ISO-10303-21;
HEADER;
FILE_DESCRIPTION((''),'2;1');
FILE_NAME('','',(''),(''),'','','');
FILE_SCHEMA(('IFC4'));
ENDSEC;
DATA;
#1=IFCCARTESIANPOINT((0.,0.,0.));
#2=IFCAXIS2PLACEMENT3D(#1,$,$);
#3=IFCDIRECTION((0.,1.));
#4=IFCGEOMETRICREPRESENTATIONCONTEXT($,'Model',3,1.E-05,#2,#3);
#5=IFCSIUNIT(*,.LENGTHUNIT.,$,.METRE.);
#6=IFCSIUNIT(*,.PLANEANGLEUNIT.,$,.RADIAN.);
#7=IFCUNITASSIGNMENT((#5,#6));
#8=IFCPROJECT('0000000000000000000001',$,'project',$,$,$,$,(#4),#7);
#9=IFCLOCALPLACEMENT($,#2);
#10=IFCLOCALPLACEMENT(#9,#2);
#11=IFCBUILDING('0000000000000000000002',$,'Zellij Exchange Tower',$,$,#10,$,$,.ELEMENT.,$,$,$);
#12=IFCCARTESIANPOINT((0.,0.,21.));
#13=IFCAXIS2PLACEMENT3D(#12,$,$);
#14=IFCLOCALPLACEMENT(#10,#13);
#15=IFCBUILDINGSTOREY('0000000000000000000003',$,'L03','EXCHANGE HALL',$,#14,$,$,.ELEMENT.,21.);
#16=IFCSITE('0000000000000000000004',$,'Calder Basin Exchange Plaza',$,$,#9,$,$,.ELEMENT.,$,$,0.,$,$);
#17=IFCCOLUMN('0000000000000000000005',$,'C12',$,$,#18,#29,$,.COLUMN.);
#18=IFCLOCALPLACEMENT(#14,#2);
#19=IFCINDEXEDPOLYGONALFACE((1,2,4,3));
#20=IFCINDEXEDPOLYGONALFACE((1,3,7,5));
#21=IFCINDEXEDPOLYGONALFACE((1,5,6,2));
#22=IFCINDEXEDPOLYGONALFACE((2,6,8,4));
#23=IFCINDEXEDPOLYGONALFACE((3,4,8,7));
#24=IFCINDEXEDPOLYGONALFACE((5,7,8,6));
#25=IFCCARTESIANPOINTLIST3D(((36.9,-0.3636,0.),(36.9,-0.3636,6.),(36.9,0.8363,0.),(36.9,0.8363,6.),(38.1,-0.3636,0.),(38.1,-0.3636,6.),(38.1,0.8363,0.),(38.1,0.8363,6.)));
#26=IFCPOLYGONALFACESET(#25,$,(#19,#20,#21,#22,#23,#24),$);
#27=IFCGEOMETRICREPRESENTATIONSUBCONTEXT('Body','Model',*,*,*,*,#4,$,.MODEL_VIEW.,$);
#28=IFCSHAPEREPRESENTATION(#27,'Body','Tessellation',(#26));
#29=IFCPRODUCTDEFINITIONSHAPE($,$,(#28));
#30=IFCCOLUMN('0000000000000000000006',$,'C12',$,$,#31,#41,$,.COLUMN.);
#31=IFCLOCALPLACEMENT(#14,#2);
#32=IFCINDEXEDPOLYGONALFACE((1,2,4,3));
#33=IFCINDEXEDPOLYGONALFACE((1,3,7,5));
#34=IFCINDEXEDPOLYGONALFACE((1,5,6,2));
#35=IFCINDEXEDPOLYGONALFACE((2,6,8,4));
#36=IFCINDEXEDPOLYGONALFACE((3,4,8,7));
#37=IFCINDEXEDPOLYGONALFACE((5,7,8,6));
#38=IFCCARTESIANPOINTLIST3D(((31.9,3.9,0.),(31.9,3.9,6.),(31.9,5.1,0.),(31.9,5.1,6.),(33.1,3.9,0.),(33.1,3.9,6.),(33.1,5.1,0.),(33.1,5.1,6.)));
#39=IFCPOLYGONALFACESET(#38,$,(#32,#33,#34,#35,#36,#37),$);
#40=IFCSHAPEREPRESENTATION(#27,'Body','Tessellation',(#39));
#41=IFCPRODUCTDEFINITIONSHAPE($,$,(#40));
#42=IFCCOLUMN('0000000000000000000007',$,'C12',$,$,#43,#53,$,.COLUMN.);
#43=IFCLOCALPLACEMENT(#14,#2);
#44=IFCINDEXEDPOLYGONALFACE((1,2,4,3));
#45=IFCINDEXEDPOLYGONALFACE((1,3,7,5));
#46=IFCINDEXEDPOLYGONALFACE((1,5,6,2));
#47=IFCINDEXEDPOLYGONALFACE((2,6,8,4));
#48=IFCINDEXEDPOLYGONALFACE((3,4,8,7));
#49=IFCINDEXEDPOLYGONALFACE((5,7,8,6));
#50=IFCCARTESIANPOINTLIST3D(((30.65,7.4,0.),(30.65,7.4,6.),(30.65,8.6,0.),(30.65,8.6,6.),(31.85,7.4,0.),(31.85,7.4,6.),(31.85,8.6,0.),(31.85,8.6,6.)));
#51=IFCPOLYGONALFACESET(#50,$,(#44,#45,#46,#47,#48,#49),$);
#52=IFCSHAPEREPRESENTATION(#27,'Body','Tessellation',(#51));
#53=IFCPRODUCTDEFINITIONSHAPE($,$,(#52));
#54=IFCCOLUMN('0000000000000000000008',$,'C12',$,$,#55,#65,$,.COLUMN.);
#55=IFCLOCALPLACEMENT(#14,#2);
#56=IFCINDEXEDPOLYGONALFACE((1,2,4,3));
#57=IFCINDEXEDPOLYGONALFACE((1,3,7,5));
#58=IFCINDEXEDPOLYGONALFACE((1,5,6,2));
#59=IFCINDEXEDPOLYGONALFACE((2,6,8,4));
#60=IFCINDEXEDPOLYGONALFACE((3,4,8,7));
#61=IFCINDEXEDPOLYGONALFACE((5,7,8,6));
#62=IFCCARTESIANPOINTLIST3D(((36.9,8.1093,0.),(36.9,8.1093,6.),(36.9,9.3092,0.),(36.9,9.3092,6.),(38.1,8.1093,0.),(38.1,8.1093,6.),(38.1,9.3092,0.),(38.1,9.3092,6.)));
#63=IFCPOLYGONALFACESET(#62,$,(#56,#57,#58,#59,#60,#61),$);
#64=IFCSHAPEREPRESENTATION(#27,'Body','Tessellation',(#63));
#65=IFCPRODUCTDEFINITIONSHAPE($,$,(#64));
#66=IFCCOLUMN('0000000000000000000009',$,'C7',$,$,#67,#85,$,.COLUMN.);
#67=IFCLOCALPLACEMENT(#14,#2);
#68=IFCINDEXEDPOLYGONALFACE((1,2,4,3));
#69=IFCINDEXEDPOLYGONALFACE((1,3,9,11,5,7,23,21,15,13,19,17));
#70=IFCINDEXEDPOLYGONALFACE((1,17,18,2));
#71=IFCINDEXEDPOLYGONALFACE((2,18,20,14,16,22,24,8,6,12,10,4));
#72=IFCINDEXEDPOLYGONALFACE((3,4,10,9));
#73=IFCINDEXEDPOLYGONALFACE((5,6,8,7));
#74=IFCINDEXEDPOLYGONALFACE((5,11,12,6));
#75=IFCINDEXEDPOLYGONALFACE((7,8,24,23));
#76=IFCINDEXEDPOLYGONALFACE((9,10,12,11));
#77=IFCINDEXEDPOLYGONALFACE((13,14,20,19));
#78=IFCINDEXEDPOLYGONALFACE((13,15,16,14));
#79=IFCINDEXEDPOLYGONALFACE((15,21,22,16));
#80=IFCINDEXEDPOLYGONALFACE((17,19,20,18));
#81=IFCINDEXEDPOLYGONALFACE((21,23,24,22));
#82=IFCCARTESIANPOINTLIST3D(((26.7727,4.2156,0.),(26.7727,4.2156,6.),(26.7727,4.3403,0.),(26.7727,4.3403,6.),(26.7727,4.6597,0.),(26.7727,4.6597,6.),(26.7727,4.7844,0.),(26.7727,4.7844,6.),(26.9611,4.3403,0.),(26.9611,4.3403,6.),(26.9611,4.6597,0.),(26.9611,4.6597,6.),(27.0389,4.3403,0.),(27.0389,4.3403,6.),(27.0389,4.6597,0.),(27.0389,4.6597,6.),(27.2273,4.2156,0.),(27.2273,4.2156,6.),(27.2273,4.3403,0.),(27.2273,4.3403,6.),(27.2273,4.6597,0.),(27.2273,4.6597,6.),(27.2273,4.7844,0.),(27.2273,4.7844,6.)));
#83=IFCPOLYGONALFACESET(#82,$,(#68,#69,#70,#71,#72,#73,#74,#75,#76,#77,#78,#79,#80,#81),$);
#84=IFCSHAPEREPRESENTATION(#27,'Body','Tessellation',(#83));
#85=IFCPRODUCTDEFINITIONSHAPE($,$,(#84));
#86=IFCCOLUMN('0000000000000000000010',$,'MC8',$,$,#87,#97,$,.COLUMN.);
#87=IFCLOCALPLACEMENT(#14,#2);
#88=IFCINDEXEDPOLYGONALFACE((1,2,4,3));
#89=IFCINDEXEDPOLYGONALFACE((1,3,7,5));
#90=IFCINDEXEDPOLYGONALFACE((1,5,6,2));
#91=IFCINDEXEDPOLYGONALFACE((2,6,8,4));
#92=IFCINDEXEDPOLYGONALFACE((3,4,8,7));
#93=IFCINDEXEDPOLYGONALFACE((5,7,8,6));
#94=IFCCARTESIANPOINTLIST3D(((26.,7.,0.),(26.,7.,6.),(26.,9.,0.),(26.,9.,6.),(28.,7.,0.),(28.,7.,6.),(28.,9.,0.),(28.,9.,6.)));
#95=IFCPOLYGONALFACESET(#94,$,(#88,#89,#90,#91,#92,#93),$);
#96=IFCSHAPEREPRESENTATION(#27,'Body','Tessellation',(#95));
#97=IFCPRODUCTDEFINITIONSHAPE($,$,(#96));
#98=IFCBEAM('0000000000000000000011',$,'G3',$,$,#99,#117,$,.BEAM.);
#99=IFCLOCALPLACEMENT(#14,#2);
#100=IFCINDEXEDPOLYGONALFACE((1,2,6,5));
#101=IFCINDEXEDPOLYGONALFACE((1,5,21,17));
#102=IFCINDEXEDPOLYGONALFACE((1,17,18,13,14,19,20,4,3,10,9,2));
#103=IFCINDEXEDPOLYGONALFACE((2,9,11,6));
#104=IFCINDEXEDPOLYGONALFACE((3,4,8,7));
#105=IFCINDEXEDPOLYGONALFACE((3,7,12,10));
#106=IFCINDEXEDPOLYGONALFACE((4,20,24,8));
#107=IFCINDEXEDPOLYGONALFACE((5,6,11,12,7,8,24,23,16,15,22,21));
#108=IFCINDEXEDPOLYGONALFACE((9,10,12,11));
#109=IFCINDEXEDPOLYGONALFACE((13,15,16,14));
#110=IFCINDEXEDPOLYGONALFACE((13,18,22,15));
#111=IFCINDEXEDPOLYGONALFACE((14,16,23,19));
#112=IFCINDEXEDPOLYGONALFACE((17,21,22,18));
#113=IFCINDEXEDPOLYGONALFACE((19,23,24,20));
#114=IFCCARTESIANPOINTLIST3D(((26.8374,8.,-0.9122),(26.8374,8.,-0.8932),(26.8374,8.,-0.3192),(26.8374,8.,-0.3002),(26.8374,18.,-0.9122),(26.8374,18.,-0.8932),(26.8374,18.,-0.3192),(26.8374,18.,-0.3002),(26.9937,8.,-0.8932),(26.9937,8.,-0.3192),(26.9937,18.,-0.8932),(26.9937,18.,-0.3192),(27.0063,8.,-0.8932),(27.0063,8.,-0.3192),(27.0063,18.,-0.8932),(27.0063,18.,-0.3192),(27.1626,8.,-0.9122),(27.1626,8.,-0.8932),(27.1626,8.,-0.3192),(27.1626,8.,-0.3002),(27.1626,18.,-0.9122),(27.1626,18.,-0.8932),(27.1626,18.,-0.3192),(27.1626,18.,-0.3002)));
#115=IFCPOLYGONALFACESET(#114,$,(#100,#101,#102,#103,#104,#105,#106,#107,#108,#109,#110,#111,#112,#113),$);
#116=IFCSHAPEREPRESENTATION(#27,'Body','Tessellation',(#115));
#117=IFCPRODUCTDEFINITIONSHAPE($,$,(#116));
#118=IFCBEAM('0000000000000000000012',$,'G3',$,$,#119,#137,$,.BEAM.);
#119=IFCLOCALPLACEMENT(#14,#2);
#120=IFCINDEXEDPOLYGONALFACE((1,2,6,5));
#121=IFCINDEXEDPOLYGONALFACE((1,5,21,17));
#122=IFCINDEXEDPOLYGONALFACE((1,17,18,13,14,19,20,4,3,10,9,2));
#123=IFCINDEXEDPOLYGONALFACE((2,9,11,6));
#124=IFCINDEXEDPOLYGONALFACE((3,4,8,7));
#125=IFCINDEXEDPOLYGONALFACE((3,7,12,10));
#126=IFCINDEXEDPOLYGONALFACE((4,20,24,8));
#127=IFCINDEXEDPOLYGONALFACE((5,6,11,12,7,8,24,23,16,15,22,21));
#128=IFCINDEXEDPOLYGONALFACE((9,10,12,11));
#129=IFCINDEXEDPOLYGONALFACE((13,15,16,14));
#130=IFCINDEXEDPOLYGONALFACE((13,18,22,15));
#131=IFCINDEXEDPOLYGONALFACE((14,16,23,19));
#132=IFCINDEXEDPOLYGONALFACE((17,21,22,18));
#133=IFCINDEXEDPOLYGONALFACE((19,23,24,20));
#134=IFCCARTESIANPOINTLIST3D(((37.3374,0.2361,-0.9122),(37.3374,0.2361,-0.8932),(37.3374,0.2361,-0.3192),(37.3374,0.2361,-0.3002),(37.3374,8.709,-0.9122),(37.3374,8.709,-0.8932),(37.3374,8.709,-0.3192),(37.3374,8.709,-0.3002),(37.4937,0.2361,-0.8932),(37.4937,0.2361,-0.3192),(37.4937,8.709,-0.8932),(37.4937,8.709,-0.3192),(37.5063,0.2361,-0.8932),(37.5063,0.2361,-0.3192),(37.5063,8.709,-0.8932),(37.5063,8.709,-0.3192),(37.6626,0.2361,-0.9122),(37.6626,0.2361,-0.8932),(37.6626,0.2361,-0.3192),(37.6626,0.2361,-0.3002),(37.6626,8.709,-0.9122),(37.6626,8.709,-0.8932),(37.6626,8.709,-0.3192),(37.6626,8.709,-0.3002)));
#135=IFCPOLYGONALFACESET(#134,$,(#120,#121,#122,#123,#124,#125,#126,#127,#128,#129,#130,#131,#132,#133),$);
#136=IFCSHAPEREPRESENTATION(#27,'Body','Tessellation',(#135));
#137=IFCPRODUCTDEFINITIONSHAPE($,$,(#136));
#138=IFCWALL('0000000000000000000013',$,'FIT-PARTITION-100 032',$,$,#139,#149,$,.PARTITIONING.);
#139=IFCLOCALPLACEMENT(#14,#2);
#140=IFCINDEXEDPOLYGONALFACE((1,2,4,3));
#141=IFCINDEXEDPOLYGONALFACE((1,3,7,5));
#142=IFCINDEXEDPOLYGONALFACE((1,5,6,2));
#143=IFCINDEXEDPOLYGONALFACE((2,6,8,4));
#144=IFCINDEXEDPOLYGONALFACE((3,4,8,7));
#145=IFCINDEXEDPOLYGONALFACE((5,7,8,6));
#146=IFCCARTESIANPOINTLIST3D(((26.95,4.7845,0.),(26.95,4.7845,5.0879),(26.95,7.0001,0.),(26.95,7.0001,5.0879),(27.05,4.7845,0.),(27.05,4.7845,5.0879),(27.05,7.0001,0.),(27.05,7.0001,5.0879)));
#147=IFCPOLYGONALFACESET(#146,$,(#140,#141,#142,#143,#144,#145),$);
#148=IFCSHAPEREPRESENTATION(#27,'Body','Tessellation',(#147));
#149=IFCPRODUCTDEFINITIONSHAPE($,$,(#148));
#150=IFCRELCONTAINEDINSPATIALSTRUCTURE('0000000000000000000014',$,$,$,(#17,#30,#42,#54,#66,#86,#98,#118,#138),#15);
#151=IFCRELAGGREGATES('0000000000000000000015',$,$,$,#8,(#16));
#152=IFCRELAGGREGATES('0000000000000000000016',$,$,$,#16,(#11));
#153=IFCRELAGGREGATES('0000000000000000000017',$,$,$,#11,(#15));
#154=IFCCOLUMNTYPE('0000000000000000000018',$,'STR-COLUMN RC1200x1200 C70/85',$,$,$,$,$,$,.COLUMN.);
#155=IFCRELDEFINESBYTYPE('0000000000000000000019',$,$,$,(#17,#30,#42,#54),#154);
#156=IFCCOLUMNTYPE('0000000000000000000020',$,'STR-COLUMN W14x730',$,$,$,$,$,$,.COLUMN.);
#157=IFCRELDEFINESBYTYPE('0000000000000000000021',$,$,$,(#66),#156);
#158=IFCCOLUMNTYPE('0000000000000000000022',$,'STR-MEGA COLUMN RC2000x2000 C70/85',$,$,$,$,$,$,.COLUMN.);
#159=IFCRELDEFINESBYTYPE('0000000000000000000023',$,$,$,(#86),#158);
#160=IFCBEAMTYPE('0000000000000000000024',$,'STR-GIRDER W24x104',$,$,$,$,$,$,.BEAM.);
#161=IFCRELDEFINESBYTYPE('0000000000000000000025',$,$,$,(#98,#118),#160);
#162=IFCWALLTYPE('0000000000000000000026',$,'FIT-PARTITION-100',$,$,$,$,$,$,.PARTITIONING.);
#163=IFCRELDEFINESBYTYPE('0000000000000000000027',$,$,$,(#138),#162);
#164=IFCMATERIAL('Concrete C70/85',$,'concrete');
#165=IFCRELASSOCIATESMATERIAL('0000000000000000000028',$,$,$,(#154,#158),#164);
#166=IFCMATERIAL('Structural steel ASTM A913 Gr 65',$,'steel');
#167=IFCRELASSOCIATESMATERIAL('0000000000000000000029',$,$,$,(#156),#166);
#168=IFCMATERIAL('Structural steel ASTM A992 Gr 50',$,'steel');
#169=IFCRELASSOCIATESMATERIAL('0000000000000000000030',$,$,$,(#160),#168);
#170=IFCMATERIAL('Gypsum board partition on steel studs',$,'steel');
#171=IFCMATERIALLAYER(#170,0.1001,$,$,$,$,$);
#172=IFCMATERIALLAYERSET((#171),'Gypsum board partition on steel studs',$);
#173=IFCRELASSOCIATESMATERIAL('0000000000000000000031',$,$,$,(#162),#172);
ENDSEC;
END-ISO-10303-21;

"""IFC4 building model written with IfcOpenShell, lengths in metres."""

from ifc_helpers import new_model, si_unit, direction, frame, frame_2d, origin, origin_2d, place, context, subcontext, project, spatial, rectangle, i_section, extrude, material, layer, layer_set, material_profile, profile_set, type_object, element, save


model = new_model("IFC4")

# Units and contexts
model_context = context("Model", 3, precision=1e-05, world=origin(), true_north=direction((0.0, 1.0)))
body_context = subcontext(model_context, "Body", "Model", "MODEL_VIEW")
ifc_project = project(units=[si_unit("LENGTHUNIT", "METRE"), si_unit("PLANEANGLEUNIT", "RADIAN")], contexts=[model_context])

# Site, building, storey
site_placement = place(None, origin())
site = spatial("IfcSite", under=ifc_project, at=site_placement, Name="Calder Basin Exchange Plaza", CompositionType="ELEMENT", RefElevation=0.0)
building_placement = place(site_placement, origin())
building = spatial("IfcBuilding", under=site, at=building_placement, Name="Zellij Exchange Tower", CompositionType="ELEMENT")
storey_placement = place(building_placement, frame((0.0, 0.0, 21.0)))
storey = spatial("IfcBuildingStorey", under=building, at=storey_placement, Name="L03", Description="EXCHANGE HALL", CompositionType="ELEMENT", Elevation=21.0)

# Columns
ifc_material_1 = material(Name="Concrete C70/85", Category="concrete")
ifc_material_profile_1 = material_profile(ifc_material_1, rectangle(XDim=1.2, YDim=1.2, at=origin_2d()), Name="STR-COLUMN RC1200x1200 C70/85")
ifc_profile_set_1 = profile_set([ifc_material_profile_1], Name="Concrete C70/85")
column_type_1 = type_object("IfcColumnType", Name="STR-COLUMN RC1200x1200 C70/85", PredefinedType="COLUMN", material=ifc_profile_set_1)
for number, where, z_axis, x_axis, name in (
    (1, (37.5, 0.2363, 0.0), (0.0, 0.0, 1.0), (1.0, 0.0, 0.0), "C12"),
    (2, (32.5, 4.5, 0.0), (0.0, 0.0, 1.0), (1.0, 0.0, 0.0), "C12"),
    (3, (31.25, 8.0, 0.0), (0.0, 0.0, 1.0), (1.0, 0.0, 0.0), "C12"),
    (4, (37.5, 8.7092, 0.0), (0.0, 0.0, 1.0), (1.0, 0.0, 0.0), "C12"),
):
    element("IfcColumn", number, at=place(storey_placement, frame(where, z_axis=z_axis, x_axis=x_axis)), inside=storey, type_object=column_type_1, Name=name, PredefinedType="COLUMN", context=body_context, shape_type="SweptSolid", body=[
        extrude(rectangle(XDim=1.2, YDim=1.2, at=origin_2d()), origin(), (0.0, 0.0, 1.0), 6.0),
    ])
ifc_material_2 = material(Name="Structural steel ASTM A913 Gr 65", Category="steel")
ifc_material_profile_2 = material_profile(ifc_material_2, i_section(OverallWidth=0.4546, OverallDepth=0.5688, WebThickness=0.0779, FlangeThickness=0.1248, at=origin_2d()), Name="W14x730")
ifc_profile_set_2 = profile_set([ifc_material_profile_2], Name="Structural steel ASTM A913 Gr 65")
column_type_2 = type_object("IfcColumnType", Name="STR-COLUMN W14x730", PredefinedType="COLUMN", material=ifc_profile_set_2)
column_1_placement = place(storey_placement, frame((27.0, 4.5, 0.0), z_axis=(0.0, 0.0, 1.0), x_axis=(1.0, 0.0, 0.0)))
element("IfcColumn", 5, at=column_1_placement, inside=storey, type_object=column_type_2, Name="C7", PredefinedType="COLUMN", context=body_context, shape_type="SweptSolid", body=[
    extrude(i_section(OverallWidth=0.4546, OverallDepth=0.5688, WebThickness=0.0779, FlangeThickness=0.1248, at=origin_2d()), origin(), (0.0, 0.0, 1.0), 6.0),
])
ifc_material_profile_3 = material_profile(ifc_material_1, rectangle(XDim=2.0, YDim=2.0, at=origin_2d()), Name="STR-MEGA COLUMN RC2000x2000 C70/85")
ifc_profile_set_3 = profile_set([ifc_material_profile_3], Name="Concrete C70/85")
column_type_3 = type_object("IfcColumnType", Name="STR-MEGA COLUMN RC2000x2000 C70/85", PredefinedType="COLUMN", material=ifc_profile_set_3)
column_2_placement = place(storey_placement, frame((27.0, 8.0, 0.0), z_axis=(0.0, 0.0, 1.0), x_axis=(1.0, 0.0, 0.0)))
element("IfcColumn", 6, at=column_2_placement, inside=storey, type_object=column_type_3, Name="MC8", PredefinedType="COLUMN", context=body_context, shape_type="SweptSolid", body=[
    extrude(rectangle(XDim=2.0, YDim=2.0, at=origin_2d()), origin(), (0.0, 0.0, 1.0), 6.0),
])

# Beams
ifc_material_3 = material(Name="Structural steel ASTM A992 Gr 50", Category="steel")
ifc_material_profile_4 = material_profile(ifc_material_3, i_section(OverallWidth=0.3252, OverallDepth=0.6121, WebThickness=0.0127, FlangeThickness=0.019, at=origin_2d()), Name="W24x104")
ifc_profile_set_4 = profile_set([ifc_material_profile_4], Name="Structural steel ASTM A992 Gr 50")
beam_type = type_object("IfcBeamType", Name="STR-GIRDER W24x104", PredefinedType="BEAM", material=ifc_profile_set_4)
beam_1_placement = place(storey_placement, frame((27.0, 8.0, -0.6062), z_axis=(0.0, 1.0, 0.0), x_axis=(-1.0, 0.0, 0.0)))
element("IfcBeam", 7, at=beam_1_placement, inside=storey, type_object=beam_type, Name="G3", PredefinedType="BEAM", context=body_context, shape_type="SweptSolid", body=[
    extrude(i_section(OverallWidth=0.3252, OverallDepth=0.6121, WebThickness=0.0127, FlangeThickness=0.019, at=origin_2d()), origin(), (0.0, 0.0, 1.0), 10.0),
])
beam_2_placement = place(storey_placement, frame((37.5, 0.2361, -0.6062), z_axis=(0.0, 1.0, 0.0), x_axis=(-1.0, 0.0, 0.0)))
element("IfcBeam", 8, at=beam_2_placement, inside=storey, type_object=beam_type, Name="G3", PredefinedType="BEAM", context=body_context, shape_type="SweptSolid", body=[
    extrude(i_section(OverallWidth=0.3252, OverallDepth=0.6121, WebThickness=0.0127, FlangeThickness=0.019, at=origin_2d()), origin(), (0.0, 0.0, 1.0), 8.4729),
])

# Wall
ifc_material_4 = material(Name="Gypsum board partition on steel studs", Category="steel")
ifc_layer_1 = layer(ifc_material_4, 0.1001)
ifc_layer_set_1 = layer_set([ifc_layer_1], Name="Gypsum board partition on steel studs")
wall_type = type_object("IfcWallType", Name="FIT-PARTITION-100", PredefinedType="PARTITIONING", material=ifc_layer_set_1)
wall_1_placement = place(storey_placement, frame((27.0, 4.7844, 0.0), z_axis=(0.0, 0.0, 1.0), x_axis=(0.0, 1.0, 0.0)))
element("IfcWall", 9, at=wall_1_placement, inside=storey, type_object=wall_type, Name="FIT-PARTITION-100 032", PredefinedType="PARTITIONING", context=body_context, shape_type="SweptSolid", body=[
    extrude(rectangle(XDim=2.2156, YDim=0.1001, at=frame_2d((1.1079, 0.0))), origin(), (0.0, 0.0, 1.0), 5.0879),
])

save(model, "model.ifc")
